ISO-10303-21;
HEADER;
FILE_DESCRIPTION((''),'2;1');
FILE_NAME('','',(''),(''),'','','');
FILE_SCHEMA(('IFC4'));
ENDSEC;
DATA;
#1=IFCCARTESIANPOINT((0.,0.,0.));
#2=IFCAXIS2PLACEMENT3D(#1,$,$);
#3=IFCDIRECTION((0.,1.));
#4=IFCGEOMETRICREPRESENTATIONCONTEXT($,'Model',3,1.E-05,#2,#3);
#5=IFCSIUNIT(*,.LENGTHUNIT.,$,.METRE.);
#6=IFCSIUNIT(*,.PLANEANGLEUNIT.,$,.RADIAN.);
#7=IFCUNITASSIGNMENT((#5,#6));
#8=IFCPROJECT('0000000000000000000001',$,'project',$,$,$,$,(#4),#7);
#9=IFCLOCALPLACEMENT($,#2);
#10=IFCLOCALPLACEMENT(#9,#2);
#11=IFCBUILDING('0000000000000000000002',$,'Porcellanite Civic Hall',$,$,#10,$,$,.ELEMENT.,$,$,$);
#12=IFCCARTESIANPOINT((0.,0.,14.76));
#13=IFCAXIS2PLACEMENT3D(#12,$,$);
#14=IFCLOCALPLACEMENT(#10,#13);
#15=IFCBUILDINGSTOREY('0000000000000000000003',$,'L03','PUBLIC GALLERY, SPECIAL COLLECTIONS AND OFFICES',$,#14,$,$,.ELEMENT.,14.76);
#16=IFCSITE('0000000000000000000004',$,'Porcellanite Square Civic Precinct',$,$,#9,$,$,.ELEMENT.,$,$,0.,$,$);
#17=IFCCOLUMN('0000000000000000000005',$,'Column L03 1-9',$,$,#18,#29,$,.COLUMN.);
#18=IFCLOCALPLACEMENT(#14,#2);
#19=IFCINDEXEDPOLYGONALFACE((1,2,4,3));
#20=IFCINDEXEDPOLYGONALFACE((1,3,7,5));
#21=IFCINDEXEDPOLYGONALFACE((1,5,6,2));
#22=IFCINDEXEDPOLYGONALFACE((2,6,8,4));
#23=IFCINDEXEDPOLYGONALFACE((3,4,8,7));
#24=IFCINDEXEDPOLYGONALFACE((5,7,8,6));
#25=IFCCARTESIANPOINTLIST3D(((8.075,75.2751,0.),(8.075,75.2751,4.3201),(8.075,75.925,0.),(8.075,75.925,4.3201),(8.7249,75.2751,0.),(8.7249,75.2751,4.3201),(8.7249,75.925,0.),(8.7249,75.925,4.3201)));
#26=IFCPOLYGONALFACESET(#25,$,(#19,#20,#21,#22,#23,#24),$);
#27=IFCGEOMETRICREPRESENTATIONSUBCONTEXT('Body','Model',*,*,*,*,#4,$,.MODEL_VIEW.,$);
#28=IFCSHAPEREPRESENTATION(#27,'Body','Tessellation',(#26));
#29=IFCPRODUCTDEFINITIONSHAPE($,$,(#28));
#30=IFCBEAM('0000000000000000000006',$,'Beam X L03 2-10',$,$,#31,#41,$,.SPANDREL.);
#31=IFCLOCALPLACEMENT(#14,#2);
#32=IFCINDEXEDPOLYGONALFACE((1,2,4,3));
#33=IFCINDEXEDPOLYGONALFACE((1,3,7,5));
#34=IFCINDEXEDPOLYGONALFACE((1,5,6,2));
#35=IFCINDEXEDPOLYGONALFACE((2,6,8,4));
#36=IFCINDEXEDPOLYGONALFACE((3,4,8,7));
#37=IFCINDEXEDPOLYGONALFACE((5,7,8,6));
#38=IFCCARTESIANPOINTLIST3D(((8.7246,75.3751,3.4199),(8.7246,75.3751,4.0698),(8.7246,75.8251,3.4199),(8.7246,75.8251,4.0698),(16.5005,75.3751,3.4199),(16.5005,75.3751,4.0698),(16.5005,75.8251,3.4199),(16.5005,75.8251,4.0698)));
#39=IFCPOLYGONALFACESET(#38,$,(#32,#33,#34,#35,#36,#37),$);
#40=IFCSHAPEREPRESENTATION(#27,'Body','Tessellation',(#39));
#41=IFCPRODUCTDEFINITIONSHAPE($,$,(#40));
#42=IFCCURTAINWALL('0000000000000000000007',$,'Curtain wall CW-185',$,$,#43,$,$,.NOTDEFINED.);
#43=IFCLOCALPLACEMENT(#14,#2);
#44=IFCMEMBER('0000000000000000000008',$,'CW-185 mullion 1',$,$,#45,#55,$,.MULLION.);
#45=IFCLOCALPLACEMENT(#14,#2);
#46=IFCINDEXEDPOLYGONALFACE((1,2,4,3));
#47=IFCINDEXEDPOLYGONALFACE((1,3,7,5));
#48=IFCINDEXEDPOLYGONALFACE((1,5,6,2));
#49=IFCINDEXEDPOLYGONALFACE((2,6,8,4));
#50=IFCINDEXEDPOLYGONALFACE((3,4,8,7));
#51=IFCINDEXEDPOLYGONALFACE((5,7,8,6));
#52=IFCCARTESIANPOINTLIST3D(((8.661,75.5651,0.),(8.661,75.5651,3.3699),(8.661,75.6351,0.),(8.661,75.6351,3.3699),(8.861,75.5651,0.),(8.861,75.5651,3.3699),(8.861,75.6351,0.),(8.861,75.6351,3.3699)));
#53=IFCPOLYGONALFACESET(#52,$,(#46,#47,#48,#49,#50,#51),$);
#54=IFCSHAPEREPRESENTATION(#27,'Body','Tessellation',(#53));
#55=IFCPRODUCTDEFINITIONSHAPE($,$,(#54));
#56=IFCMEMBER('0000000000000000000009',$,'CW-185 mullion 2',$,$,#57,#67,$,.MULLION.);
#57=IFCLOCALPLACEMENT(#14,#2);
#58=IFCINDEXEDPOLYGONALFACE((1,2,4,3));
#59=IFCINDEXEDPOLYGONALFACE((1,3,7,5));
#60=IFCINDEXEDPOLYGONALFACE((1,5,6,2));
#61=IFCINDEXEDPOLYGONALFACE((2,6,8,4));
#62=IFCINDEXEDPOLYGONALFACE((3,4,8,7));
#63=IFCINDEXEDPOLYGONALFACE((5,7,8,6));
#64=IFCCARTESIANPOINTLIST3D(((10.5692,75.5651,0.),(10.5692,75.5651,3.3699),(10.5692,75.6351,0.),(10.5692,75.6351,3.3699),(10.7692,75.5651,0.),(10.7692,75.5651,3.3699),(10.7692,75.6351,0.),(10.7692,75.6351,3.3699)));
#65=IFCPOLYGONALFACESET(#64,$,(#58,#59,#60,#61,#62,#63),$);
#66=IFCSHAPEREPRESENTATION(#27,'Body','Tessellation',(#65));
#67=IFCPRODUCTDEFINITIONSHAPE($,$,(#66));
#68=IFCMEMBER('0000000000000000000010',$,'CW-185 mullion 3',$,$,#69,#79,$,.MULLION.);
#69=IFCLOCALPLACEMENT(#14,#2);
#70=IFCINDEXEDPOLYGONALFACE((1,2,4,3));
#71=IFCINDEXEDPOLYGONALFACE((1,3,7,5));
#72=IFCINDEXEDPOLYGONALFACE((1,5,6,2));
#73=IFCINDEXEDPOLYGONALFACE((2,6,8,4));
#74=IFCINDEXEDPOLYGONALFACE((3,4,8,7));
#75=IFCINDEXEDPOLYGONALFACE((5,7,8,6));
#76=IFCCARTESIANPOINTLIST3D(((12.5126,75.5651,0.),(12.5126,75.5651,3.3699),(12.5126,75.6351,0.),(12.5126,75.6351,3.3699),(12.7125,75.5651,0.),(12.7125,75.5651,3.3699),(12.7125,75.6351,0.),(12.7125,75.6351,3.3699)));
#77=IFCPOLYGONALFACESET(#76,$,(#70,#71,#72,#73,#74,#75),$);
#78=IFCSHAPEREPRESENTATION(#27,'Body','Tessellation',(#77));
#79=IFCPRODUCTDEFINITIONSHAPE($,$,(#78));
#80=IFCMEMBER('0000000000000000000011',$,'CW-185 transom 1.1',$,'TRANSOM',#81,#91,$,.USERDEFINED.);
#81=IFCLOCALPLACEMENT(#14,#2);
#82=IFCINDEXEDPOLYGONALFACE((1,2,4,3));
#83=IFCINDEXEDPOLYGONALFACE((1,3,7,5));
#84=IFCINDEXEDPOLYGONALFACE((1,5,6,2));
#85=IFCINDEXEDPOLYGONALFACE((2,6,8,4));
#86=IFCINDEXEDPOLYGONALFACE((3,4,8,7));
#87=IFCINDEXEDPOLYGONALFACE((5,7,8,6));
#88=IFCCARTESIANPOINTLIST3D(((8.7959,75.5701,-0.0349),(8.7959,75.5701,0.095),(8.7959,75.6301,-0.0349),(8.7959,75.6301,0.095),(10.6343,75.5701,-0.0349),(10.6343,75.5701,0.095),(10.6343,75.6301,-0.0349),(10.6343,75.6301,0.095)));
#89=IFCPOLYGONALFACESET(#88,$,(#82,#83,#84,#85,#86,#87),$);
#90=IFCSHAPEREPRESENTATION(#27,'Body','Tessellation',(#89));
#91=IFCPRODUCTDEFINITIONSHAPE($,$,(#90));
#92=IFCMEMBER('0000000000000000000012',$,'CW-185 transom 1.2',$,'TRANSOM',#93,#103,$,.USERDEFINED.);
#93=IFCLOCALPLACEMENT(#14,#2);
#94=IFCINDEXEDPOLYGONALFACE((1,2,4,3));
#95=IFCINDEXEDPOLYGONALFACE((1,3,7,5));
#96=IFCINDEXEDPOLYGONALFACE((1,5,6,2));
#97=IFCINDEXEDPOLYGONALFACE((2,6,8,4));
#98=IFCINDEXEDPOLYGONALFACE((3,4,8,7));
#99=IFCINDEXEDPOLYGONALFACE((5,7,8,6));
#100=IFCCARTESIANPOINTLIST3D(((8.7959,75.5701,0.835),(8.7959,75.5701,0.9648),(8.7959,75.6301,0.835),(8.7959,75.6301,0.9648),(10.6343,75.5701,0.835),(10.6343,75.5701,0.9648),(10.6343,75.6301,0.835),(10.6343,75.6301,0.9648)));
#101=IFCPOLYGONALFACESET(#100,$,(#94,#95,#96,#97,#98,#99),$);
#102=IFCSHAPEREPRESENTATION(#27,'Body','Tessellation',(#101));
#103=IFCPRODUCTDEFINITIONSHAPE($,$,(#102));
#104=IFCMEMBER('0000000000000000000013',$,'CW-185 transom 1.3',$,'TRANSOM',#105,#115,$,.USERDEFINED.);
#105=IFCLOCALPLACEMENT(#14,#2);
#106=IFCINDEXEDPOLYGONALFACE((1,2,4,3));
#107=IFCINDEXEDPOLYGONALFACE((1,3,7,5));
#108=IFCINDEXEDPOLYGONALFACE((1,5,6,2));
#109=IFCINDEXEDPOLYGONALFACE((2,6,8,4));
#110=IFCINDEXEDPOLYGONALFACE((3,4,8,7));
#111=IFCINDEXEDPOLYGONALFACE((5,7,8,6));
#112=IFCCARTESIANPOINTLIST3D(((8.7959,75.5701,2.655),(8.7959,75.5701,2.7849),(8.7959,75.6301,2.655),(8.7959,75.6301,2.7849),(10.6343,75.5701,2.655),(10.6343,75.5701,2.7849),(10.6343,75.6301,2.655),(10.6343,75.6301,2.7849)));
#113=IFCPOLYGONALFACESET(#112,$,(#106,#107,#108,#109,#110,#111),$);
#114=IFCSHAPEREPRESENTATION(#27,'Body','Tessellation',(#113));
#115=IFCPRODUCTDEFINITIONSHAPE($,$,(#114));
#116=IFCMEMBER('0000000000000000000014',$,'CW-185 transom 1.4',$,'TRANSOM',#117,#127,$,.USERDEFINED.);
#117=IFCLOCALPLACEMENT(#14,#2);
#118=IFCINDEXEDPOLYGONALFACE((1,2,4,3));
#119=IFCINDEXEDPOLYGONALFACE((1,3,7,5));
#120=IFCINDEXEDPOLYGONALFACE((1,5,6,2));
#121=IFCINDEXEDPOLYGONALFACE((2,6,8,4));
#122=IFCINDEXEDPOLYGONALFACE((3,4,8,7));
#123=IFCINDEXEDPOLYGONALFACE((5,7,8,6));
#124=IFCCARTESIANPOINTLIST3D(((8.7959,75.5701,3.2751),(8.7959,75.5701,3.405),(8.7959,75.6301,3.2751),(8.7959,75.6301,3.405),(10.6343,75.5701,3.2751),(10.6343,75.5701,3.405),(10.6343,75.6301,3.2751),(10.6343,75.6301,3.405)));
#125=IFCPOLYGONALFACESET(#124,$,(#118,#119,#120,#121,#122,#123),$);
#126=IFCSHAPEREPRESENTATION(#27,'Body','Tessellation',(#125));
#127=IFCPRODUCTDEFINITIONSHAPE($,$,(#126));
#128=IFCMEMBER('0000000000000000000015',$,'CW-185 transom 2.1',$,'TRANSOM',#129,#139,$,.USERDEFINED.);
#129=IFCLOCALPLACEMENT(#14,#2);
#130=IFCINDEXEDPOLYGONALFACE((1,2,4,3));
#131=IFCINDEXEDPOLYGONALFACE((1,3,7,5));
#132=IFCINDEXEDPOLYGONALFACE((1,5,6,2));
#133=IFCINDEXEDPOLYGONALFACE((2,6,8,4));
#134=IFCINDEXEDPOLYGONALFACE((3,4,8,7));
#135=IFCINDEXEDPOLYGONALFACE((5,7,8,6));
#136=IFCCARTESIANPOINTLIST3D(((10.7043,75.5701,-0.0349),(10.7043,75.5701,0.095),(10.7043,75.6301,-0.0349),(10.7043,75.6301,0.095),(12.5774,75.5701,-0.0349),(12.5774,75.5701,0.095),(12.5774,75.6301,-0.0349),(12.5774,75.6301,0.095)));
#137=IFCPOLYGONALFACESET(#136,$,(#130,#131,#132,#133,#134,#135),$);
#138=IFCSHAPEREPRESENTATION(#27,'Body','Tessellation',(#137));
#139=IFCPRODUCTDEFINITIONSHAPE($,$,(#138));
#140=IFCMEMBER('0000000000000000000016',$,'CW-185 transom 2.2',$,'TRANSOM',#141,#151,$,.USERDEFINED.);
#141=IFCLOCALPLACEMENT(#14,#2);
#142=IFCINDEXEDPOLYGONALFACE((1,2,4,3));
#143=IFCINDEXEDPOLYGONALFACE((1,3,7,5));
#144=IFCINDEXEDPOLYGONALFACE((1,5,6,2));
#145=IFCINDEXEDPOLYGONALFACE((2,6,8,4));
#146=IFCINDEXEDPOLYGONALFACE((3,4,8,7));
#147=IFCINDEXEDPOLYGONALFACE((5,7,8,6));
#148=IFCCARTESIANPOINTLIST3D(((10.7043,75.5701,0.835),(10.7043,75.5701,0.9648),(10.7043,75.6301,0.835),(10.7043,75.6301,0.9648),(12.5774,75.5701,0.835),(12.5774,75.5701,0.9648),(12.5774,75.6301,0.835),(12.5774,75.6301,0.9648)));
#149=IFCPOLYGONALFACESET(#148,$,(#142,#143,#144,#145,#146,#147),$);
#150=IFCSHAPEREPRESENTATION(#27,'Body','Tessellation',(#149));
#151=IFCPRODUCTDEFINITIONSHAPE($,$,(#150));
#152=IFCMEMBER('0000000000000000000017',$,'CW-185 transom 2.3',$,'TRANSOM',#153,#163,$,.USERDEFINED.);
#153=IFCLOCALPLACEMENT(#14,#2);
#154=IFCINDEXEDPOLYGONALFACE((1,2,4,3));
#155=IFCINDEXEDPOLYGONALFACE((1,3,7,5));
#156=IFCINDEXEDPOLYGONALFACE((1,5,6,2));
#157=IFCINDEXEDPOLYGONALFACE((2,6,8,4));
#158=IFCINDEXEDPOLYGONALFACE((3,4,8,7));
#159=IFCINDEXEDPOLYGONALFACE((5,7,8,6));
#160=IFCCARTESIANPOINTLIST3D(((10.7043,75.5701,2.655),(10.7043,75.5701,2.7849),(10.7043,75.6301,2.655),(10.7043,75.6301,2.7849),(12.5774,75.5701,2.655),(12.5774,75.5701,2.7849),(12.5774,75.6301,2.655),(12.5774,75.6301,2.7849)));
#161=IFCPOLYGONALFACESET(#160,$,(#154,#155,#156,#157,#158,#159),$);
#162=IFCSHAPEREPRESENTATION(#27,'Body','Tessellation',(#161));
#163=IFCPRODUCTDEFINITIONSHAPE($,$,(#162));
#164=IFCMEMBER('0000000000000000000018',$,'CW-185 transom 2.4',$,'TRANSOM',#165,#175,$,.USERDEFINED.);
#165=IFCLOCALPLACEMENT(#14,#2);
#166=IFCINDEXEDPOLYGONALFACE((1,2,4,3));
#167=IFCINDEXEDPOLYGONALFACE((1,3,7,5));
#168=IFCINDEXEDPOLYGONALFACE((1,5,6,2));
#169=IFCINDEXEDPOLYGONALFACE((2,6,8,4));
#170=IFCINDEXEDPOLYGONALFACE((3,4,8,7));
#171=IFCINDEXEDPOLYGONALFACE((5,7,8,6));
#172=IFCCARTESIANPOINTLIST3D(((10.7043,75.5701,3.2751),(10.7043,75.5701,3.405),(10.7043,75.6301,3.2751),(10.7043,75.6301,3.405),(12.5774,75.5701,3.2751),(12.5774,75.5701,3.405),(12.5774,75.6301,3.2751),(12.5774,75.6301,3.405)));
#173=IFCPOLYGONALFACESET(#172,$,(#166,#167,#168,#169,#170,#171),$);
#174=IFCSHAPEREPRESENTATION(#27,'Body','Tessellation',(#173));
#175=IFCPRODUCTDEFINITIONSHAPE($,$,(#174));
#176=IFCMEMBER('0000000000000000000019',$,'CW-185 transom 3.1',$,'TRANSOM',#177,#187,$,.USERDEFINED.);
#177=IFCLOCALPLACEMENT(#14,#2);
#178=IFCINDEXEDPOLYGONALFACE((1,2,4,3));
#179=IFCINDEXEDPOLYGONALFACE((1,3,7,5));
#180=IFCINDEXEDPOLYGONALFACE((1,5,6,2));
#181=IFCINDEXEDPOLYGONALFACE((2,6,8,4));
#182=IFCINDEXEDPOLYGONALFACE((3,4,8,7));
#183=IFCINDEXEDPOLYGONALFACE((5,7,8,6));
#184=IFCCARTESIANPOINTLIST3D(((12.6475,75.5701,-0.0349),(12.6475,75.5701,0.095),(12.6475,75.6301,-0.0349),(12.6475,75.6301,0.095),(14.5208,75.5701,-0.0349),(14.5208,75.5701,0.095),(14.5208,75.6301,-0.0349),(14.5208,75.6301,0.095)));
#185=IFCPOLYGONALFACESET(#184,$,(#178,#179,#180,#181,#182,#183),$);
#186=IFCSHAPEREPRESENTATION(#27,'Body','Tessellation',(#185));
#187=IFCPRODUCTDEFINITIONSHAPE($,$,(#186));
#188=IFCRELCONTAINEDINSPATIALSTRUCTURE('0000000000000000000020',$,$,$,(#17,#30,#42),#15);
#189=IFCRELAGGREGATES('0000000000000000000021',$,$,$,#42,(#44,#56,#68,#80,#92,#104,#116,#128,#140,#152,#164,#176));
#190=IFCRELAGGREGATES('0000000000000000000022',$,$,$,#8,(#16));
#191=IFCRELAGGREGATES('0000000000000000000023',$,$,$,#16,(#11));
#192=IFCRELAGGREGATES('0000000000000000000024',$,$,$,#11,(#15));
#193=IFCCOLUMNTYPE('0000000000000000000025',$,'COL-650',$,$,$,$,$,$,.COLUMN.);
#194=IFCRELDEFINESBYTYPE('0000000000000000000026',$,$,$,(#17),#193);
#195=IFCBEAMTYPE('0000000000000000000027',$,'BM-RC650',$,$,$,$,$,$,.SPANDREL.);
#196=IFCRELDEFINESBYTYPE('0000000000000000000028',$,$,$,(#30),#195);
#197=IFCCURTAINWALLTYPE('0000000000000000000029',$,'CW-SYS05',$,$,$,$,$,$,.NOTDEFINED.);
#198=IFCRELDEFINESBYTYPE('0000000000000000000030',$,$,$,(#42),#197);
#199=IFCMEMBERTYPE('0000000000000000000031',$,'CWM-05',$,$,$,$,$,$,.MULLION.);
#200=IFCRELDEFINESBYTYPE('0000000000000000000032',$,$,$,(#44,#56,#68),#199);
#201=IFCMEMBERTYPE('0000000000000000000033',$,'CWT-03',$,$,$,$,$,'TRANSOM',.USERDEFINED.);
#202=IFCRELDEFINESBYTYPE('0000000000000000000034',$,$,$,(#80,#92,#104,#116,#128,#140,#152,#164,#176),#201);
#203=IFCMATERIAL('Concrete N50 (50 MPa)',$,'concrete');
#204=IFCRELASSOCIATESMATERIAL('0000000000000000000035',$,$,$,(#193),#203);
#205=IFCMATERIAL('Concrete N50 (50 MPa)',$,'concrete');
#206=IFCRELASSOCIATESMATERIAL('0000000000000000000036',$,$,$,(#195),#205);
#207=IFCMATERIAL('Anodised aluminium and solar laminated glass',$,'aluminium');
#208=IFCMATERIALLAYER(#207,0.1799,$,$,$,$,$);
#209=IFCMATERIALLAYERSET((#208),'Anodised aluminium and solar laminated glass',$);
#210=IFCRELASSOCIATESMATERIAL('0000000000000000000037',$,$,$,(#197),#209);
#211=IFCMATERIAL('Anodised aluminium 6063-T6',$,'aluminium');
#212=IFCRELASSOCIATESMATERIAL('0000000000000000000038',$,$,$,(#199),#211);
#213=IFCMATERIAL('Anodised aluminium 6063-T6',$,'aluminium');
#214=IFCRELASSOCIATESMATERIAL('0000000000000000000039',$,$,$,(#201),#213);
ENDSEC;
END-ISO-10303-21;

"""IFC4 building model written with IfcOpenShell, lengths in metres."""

from ifc_helpers import new_model, si_unit, direction, frame, origin, origin_2d, place, context, subcontext, project, spatial, rectangle, extrude, material, layer, layer_set, material_profile, profile_set, type_object, element, aggregate, save


model = new_model("IFC4")

# Units and contexts
model_context = context("Model", 3, precision=1e-05, world=origin(), true_north=direction((0.0, 1.0)))
body_context = subcontext(model_context, "Body", "Model", "MODEL_VIEW")
ifc_project = project(units=[si_unit("LENGTHUNIT", "METRE"), si_unit("PLANEANGLEUNIT", "RADIAN")], contexts=[model_context])

# Site, building, storey
site_placement = place(None, origin())
site = spatial("IfcSite", under=ifc_project, at=site_placement, Name="Porcellanite Square Civic Precinct", CompositionType="ELEMENT", RefElevation=0.0)
building_placement = place(site_placement, origin())
building = spatial("IfcBuilding", under=site, at=building_placement, Name="Porcellanite Civic Hall", CompositionType="ELEMENT")
storey_placement = place(building_placement, frame((0.0, 0.0, 14.76)))
storey = spatial("IfcBuildingStorey", under=building, at=storey_placement, Name="L03", Description="PUBLIC GALLERY, SPECIAL COLLECTIONS AND OFFICES", CompositionType="ELEMENT", Elevation=14.76)

# Column
ifc_material_1 = material(Name="Concrete N50 (50 MPa)", Category="concrete")
ifc_material_profile_1 = material_profile(ifc_material_1, rectangle(XDim=0.6499, YDim=0.6499, at=origin_2d()), Name="RC-650x650")
ifc_profile_set_1 = profile_set([ifc_material_profile_1], Name="Concrete N50 (50 MPa)")
column_type = type_object("IfcColumnType", Name="COL-650", PredefinedType="COLUMN", material=ifc_profile_set_1)
column_placement = place(storey_placement, frame((8.3999, 75.6001, 0.0), z_axis=(0.0, 0.0, 1.0), x_axis=(1.0, 0.0, 0.0)))
element("IfcColumn", 1, at=column_placement, inside=storey, type_object=column_type, Name="Column L03 1-9", PredefinedType="COLUMN", context=body_context, shape_type="SweptSolid", body=[
    extrude(rectangle(XDim=0.6499, YDim=0.6499, at=origin_2d()), origin(), (0.0, 0.0, 1.0), 4.3201),
])

# Beam
ifc_material_2 = material(Name="Concrete N50 (50 MPa)", Category="concrete")
ifc_material_profile_2 = material_profile(ifc_material_2, rectangle(XDim=0.45, YDim=0.6499, at=origin_2d()), Name="RC-450x650")
ifc_profile_set_2 = profile_set([ifc_material_profile_2], Name="Concrete N50 (50 MPa)")
beam_type = type_object("IfcBeamType", Name="BM-RC650", PredefinedType="SPANDREL", material=ifc_profile_set_2)
beam_placement = place(storey_placement, frame((8.7246, 75.6001, 3.7449), z_axis=(1.0, 0.0, 0.0), x_axis=(0.0, 1.0, 0.0)))
element("IfcBeam", 2, at=beam_placement, inside=storey, type_object=beam_type, Name="Beam X L03 2-10", PredefinedType="SPANDREL", context=body_context, shape_type="SweptSolid", body=[
    extrude(rectangle(XDim=0.45, YDim=0.6499, at=origin_2d()), origin(), (0.0, 0.0, 1.0), 7.7759),
])

# Curtain wall, members
ifc_material_3 = material(Name="Anodised aluminium and solar laminated glass", Category="aluminium")
ifc_layer_1 = layer(ifc_material_3, 0.1799)
ifc_layer_set_1 = layer_set([ifc_layer_1], Name="Anodised aluminium and solar laminated glass")
curtain_wall_type = type_object("IfcCurtainWallType", Name="CW-SYS05", PredefinedType="NOTDEFINED", material=ifc_layer_set_1)
curtain_wall_placement = place(storey_placement, origin())
curtain_wall = element("IfcCurtainWall", 3, at=curtain_wall_placement, inside=storey, type_object=curtain_wall_type, Name="Curtain wall CW-185", PredefinedType="NOTDEFINED")
ifc_material_4 = material(Name="Anodised aluminium 6063-T6", Category="aluminium")
ifc_material_profile_3 = material_profile(ifc_material_4, rectangle(XDim=0.0701, YDim=0.2, at=origin_2d()), Name="AL-70x200")
ifc_profile_set_3 = profile_set([ifc_material_profile_3], Name="Anodised aluminium 6063-T6")
member_type_1 = type_object("IfcMemberType", Name="CWM-05", PredefinedType="MULLION", material=ifc_profile_set_3)
member_1_placement = place(storey_placement, frame((8.761, 75.6001, 0.0), z_axis=(0.0, 0.0, 1.0), x_axis=(0.0, 1.0, 0.0)))
member_1 = element("IfcMember", 4, at=member_1_placement, type_object=member_type_1, Name="CW-185 mullion 1", PredefinedType="MULLION", context=body_context, shape_type="SweptSolid", body=[
    extrude(rectangle(XDim=0.0701, YDim=0.2, at=origin_2d()), origin(), (0.0, 0.0, 1.0), 3.3699),
])
member_2_placement = place(storey_placement, frame((10.6692, 75.6001, 0.0), z_axis=(0.0, 0.0, 1.0), x_axis=(0.0, 1.0, 0.0)))
member_2 = element("IfcMember", 5, at=member_2_placement, type_object=member_type_1, Name="CW-185 mullion 2", PredefinedType="MULLION", context=body_context, shape_type="SweptSolid", body=[
    extrude(rectangle(XDim=0.0701, YDim=0.2, at=origin_2d()), origin(), (0.0, 0.0, 1.0), 3.3699),
])
member_3_placement = place(storey_placement, frame((12.6125, 75.6001, 0.0), z_axis=(0.0, 0.0, 1.0), x_axis=(0.0, 1.0, 0.0)))
member_3 = element("IfcMember", 6, at=member_3_placement, type_object=member_type_1, Name="CW-185 mullion 3", PredefinedType="MULLION", context=body_context, shape_type="SweptSolid", body=[
    extrude(rectangle(XDim=0.0701, YDim=0.2, at=origin_2d()), origin(), (0.0, 0.0, 1.0), 3.3699),
])
ifc_material_5 = material(Name="Anodised aluminium 6063-T6", Category="aluminium")
ifc_material_profile_4 = material_profile(ifc_material_5, rectangle(XDim=0.0601, YDim=0.1299, at=origin_2d()), Name="AL-60x130")
ifc_profile_set_4 = profile_set([ifc_material_profile_4], Name="Anodised aluminium 6063-T6")
member_type_2 = type_object("IfcMemberType", Name="CWT-03", ElementType="TRANSOM", PredefinedType="USERDEFINED", material=ifc_profile_set_4)
member_4_placement = place(storey_placement, frame((8.7959, 75.6001, 0.03), z_axis=(1.0, 0.0, 0.0), x_axis=(0.0, 1.0, 0.0)))
member_4 = element("IfcMember", 7, at=member_4_placement, type_object=member_type_2, Name="CW-185 transom 1.1", ObjectType="TRANSOM", PredefinedType="USERDEFINED", context=body_context, shape_type="SweptSolid", body=[
    extrude(rectangle(XDim=0.0601, YDim=0.1299, at=origin_2d()), origin(), (0.0, 0.0, 1.0), 1.8384),
])
member_5_placement = place(storey_placement, frame((8.7959, 75.6001, 0.8999), z_axis=(1.0, 0.0, 0.0), x_axis=(0.0, 1.0, 0.0)))
member_5 = element("IfcMember", 8, at=member_5_placement, type_object=member_type_2, Name="CW-185 transom 1.2", ObjectType="TRANSOM", PredefinedType="USERDEFINED", context=body_context, shape_type="SweptSolid", body=[
    extrude(rectangle(XDim=0.0601, YDim=0.1299, at=origin_2d()), origin(), (0.0, 0.0, 1.0), 1.8384),
])
member_6_placement = place(storey_placement, frame((8.7959, 75.6001, 2.72), z_axis=(1.0, 0.0, 0.0), x_axis=(0.0, 1.0, 0.0)))
member_6 = element("IfcMember", 9, at=member_6_placement, type_object=member_type_2, Name="CW-185 transom 1.3", ObjectType="TRANSOM", PredefinedType="USERDEFINED", context=body_context, shape_type="SweptSolid", body=[
    extrude(rectangle(XDim=0.0601, YDim=0.1299, at=origin_2d()), origin(), (0.0, 0.0, 1.0), 1.8384),
])
member_7_placement = place(storey_placement, frame((8.7959, 75.6001, 3.3401), z_axis=(1.0, 0.0, 0.0), x_axis=(0.0, 1.0, 0.0)))
member_7 = element("IfcMember", 10, at=member_7_placement, type_object=member_type_2, Name="CW-185 transom 1.4", ObjectType="TRANSOM", PredefinedType="USERDEFINED", context=body_context, shape_type="SweptSolid", body=[
    extrude(rectangle(XDim=0.0601, YDim=0.1299, at=origin_2d()), origin(), (0.0, 0.0, 1.0), 1.8384),
])
member_8_placement = place(storey_placement, frame((10.7043, 75.6001, 0.03), z_axis=(1.0, 0.0, 0.0), x_axis=(0.0, 1.0, 0.0)))
member_8 = element("IfcMember", 11, at=member_8_placement, type_object=member_type_2, Name="CW-185 transom 2.1", ObjectType="TRANSOM", PredefinedType="USERDEFINED", context=body_context, shape_type="SweptSolid", body=[
    extrude(rectangle(XDim=0.0601, YDim=0.1299, at=origin_2d()), origin(), (0.0, 0.0, 1.0), 1.873),
])
member_9_placement = place(storey_placement, frame((10.7043, 75.6001, 0.8999), z_axis=(1.0, 0.0, 0.0), x_axis=(0.0, 1.0, 0.0)))
member_9 = element("IfcMember", 12, at=member_9_placement, type_object=member_type_2, Name="CW-185 transom 2.2", ObjectType="TRANSOM", PredefinedType="USERDEFINED", context=body_context, shape_type="SweptSolid", body=[
    extrude(rectangle(XDim=0.0601, YDim=0.1299, at=origin_2d()), origin(), (0.0, 0.0, 1.0), 1.873),
])
member_10_placement = place(storey_placement, frame((10.7043, 75.6001, 2.72), z_axis=(1.0, 0.0, 0.0), x_axis=(0.0, 1.0, 0.0)))
member_10 = element("IfcMember", 13, at=member_10_placement, type_object=member_type_2, Name="CW-185 transom 2.3", ObjectType="TRANSOM", PredefinedType="USERDEFINED", context=body_context, shape_type="SweptSolid", body=[
    extrude(rectangle(XDim=0.0601, YDim=0.1299, at=origin_2d()), origin(), (0.0, 0.0, 1.0), 1.873),
])
member_11_placement = place(storey_placement, frame((10.7043, 75.6001, 3.3401), z_axis=(1.0, 0.0, 0.0), x_axis=(0.0, 1.0, 0.0)))
member_11 = element("IfcMember", 14, at=member_11_placement, type_object=member_type_2, Name="CW-185 transom 2.4", ObjectType="TRANSOM", PredefinedType="USERDEFINED", context=body_context, shape_type="SweptSolid", body=[
    extrude(rectangle(XDim=0.0601, YDim=0.1299, at=origin_2d()), origin(), (0.0, 0.0, 1.0), 1.873),
])
member_12_placement = place(storey_placement, frame((12.6475, 75.6001, 0.03), z_axis=(1.0, 0.0, 0.0), x_axis=(0.0, 1.0, 0.0)))
member_12 = element("IfcMember", 15, at=member_12_placement, type_object=member_type_2, Name="CW-185 transom 3.1", ObjectType="TRANSOM", PredefinedType="USERDEFINED", context=body_context, shape_type="SweptSolid", body=[
    extrude(rectangle(XDim=0.0601, YDim=0.1299, at=origin_2d()), origin(), (0.0, 0.0, 1.0), 1.8733),
])
aggregate(curtain_wall, [member_1, member_2, member_3, member_4, member_5, member_6, member_7, member_8, member_9, member_10, member_11, member_12])

save(model, "model.ifc")
